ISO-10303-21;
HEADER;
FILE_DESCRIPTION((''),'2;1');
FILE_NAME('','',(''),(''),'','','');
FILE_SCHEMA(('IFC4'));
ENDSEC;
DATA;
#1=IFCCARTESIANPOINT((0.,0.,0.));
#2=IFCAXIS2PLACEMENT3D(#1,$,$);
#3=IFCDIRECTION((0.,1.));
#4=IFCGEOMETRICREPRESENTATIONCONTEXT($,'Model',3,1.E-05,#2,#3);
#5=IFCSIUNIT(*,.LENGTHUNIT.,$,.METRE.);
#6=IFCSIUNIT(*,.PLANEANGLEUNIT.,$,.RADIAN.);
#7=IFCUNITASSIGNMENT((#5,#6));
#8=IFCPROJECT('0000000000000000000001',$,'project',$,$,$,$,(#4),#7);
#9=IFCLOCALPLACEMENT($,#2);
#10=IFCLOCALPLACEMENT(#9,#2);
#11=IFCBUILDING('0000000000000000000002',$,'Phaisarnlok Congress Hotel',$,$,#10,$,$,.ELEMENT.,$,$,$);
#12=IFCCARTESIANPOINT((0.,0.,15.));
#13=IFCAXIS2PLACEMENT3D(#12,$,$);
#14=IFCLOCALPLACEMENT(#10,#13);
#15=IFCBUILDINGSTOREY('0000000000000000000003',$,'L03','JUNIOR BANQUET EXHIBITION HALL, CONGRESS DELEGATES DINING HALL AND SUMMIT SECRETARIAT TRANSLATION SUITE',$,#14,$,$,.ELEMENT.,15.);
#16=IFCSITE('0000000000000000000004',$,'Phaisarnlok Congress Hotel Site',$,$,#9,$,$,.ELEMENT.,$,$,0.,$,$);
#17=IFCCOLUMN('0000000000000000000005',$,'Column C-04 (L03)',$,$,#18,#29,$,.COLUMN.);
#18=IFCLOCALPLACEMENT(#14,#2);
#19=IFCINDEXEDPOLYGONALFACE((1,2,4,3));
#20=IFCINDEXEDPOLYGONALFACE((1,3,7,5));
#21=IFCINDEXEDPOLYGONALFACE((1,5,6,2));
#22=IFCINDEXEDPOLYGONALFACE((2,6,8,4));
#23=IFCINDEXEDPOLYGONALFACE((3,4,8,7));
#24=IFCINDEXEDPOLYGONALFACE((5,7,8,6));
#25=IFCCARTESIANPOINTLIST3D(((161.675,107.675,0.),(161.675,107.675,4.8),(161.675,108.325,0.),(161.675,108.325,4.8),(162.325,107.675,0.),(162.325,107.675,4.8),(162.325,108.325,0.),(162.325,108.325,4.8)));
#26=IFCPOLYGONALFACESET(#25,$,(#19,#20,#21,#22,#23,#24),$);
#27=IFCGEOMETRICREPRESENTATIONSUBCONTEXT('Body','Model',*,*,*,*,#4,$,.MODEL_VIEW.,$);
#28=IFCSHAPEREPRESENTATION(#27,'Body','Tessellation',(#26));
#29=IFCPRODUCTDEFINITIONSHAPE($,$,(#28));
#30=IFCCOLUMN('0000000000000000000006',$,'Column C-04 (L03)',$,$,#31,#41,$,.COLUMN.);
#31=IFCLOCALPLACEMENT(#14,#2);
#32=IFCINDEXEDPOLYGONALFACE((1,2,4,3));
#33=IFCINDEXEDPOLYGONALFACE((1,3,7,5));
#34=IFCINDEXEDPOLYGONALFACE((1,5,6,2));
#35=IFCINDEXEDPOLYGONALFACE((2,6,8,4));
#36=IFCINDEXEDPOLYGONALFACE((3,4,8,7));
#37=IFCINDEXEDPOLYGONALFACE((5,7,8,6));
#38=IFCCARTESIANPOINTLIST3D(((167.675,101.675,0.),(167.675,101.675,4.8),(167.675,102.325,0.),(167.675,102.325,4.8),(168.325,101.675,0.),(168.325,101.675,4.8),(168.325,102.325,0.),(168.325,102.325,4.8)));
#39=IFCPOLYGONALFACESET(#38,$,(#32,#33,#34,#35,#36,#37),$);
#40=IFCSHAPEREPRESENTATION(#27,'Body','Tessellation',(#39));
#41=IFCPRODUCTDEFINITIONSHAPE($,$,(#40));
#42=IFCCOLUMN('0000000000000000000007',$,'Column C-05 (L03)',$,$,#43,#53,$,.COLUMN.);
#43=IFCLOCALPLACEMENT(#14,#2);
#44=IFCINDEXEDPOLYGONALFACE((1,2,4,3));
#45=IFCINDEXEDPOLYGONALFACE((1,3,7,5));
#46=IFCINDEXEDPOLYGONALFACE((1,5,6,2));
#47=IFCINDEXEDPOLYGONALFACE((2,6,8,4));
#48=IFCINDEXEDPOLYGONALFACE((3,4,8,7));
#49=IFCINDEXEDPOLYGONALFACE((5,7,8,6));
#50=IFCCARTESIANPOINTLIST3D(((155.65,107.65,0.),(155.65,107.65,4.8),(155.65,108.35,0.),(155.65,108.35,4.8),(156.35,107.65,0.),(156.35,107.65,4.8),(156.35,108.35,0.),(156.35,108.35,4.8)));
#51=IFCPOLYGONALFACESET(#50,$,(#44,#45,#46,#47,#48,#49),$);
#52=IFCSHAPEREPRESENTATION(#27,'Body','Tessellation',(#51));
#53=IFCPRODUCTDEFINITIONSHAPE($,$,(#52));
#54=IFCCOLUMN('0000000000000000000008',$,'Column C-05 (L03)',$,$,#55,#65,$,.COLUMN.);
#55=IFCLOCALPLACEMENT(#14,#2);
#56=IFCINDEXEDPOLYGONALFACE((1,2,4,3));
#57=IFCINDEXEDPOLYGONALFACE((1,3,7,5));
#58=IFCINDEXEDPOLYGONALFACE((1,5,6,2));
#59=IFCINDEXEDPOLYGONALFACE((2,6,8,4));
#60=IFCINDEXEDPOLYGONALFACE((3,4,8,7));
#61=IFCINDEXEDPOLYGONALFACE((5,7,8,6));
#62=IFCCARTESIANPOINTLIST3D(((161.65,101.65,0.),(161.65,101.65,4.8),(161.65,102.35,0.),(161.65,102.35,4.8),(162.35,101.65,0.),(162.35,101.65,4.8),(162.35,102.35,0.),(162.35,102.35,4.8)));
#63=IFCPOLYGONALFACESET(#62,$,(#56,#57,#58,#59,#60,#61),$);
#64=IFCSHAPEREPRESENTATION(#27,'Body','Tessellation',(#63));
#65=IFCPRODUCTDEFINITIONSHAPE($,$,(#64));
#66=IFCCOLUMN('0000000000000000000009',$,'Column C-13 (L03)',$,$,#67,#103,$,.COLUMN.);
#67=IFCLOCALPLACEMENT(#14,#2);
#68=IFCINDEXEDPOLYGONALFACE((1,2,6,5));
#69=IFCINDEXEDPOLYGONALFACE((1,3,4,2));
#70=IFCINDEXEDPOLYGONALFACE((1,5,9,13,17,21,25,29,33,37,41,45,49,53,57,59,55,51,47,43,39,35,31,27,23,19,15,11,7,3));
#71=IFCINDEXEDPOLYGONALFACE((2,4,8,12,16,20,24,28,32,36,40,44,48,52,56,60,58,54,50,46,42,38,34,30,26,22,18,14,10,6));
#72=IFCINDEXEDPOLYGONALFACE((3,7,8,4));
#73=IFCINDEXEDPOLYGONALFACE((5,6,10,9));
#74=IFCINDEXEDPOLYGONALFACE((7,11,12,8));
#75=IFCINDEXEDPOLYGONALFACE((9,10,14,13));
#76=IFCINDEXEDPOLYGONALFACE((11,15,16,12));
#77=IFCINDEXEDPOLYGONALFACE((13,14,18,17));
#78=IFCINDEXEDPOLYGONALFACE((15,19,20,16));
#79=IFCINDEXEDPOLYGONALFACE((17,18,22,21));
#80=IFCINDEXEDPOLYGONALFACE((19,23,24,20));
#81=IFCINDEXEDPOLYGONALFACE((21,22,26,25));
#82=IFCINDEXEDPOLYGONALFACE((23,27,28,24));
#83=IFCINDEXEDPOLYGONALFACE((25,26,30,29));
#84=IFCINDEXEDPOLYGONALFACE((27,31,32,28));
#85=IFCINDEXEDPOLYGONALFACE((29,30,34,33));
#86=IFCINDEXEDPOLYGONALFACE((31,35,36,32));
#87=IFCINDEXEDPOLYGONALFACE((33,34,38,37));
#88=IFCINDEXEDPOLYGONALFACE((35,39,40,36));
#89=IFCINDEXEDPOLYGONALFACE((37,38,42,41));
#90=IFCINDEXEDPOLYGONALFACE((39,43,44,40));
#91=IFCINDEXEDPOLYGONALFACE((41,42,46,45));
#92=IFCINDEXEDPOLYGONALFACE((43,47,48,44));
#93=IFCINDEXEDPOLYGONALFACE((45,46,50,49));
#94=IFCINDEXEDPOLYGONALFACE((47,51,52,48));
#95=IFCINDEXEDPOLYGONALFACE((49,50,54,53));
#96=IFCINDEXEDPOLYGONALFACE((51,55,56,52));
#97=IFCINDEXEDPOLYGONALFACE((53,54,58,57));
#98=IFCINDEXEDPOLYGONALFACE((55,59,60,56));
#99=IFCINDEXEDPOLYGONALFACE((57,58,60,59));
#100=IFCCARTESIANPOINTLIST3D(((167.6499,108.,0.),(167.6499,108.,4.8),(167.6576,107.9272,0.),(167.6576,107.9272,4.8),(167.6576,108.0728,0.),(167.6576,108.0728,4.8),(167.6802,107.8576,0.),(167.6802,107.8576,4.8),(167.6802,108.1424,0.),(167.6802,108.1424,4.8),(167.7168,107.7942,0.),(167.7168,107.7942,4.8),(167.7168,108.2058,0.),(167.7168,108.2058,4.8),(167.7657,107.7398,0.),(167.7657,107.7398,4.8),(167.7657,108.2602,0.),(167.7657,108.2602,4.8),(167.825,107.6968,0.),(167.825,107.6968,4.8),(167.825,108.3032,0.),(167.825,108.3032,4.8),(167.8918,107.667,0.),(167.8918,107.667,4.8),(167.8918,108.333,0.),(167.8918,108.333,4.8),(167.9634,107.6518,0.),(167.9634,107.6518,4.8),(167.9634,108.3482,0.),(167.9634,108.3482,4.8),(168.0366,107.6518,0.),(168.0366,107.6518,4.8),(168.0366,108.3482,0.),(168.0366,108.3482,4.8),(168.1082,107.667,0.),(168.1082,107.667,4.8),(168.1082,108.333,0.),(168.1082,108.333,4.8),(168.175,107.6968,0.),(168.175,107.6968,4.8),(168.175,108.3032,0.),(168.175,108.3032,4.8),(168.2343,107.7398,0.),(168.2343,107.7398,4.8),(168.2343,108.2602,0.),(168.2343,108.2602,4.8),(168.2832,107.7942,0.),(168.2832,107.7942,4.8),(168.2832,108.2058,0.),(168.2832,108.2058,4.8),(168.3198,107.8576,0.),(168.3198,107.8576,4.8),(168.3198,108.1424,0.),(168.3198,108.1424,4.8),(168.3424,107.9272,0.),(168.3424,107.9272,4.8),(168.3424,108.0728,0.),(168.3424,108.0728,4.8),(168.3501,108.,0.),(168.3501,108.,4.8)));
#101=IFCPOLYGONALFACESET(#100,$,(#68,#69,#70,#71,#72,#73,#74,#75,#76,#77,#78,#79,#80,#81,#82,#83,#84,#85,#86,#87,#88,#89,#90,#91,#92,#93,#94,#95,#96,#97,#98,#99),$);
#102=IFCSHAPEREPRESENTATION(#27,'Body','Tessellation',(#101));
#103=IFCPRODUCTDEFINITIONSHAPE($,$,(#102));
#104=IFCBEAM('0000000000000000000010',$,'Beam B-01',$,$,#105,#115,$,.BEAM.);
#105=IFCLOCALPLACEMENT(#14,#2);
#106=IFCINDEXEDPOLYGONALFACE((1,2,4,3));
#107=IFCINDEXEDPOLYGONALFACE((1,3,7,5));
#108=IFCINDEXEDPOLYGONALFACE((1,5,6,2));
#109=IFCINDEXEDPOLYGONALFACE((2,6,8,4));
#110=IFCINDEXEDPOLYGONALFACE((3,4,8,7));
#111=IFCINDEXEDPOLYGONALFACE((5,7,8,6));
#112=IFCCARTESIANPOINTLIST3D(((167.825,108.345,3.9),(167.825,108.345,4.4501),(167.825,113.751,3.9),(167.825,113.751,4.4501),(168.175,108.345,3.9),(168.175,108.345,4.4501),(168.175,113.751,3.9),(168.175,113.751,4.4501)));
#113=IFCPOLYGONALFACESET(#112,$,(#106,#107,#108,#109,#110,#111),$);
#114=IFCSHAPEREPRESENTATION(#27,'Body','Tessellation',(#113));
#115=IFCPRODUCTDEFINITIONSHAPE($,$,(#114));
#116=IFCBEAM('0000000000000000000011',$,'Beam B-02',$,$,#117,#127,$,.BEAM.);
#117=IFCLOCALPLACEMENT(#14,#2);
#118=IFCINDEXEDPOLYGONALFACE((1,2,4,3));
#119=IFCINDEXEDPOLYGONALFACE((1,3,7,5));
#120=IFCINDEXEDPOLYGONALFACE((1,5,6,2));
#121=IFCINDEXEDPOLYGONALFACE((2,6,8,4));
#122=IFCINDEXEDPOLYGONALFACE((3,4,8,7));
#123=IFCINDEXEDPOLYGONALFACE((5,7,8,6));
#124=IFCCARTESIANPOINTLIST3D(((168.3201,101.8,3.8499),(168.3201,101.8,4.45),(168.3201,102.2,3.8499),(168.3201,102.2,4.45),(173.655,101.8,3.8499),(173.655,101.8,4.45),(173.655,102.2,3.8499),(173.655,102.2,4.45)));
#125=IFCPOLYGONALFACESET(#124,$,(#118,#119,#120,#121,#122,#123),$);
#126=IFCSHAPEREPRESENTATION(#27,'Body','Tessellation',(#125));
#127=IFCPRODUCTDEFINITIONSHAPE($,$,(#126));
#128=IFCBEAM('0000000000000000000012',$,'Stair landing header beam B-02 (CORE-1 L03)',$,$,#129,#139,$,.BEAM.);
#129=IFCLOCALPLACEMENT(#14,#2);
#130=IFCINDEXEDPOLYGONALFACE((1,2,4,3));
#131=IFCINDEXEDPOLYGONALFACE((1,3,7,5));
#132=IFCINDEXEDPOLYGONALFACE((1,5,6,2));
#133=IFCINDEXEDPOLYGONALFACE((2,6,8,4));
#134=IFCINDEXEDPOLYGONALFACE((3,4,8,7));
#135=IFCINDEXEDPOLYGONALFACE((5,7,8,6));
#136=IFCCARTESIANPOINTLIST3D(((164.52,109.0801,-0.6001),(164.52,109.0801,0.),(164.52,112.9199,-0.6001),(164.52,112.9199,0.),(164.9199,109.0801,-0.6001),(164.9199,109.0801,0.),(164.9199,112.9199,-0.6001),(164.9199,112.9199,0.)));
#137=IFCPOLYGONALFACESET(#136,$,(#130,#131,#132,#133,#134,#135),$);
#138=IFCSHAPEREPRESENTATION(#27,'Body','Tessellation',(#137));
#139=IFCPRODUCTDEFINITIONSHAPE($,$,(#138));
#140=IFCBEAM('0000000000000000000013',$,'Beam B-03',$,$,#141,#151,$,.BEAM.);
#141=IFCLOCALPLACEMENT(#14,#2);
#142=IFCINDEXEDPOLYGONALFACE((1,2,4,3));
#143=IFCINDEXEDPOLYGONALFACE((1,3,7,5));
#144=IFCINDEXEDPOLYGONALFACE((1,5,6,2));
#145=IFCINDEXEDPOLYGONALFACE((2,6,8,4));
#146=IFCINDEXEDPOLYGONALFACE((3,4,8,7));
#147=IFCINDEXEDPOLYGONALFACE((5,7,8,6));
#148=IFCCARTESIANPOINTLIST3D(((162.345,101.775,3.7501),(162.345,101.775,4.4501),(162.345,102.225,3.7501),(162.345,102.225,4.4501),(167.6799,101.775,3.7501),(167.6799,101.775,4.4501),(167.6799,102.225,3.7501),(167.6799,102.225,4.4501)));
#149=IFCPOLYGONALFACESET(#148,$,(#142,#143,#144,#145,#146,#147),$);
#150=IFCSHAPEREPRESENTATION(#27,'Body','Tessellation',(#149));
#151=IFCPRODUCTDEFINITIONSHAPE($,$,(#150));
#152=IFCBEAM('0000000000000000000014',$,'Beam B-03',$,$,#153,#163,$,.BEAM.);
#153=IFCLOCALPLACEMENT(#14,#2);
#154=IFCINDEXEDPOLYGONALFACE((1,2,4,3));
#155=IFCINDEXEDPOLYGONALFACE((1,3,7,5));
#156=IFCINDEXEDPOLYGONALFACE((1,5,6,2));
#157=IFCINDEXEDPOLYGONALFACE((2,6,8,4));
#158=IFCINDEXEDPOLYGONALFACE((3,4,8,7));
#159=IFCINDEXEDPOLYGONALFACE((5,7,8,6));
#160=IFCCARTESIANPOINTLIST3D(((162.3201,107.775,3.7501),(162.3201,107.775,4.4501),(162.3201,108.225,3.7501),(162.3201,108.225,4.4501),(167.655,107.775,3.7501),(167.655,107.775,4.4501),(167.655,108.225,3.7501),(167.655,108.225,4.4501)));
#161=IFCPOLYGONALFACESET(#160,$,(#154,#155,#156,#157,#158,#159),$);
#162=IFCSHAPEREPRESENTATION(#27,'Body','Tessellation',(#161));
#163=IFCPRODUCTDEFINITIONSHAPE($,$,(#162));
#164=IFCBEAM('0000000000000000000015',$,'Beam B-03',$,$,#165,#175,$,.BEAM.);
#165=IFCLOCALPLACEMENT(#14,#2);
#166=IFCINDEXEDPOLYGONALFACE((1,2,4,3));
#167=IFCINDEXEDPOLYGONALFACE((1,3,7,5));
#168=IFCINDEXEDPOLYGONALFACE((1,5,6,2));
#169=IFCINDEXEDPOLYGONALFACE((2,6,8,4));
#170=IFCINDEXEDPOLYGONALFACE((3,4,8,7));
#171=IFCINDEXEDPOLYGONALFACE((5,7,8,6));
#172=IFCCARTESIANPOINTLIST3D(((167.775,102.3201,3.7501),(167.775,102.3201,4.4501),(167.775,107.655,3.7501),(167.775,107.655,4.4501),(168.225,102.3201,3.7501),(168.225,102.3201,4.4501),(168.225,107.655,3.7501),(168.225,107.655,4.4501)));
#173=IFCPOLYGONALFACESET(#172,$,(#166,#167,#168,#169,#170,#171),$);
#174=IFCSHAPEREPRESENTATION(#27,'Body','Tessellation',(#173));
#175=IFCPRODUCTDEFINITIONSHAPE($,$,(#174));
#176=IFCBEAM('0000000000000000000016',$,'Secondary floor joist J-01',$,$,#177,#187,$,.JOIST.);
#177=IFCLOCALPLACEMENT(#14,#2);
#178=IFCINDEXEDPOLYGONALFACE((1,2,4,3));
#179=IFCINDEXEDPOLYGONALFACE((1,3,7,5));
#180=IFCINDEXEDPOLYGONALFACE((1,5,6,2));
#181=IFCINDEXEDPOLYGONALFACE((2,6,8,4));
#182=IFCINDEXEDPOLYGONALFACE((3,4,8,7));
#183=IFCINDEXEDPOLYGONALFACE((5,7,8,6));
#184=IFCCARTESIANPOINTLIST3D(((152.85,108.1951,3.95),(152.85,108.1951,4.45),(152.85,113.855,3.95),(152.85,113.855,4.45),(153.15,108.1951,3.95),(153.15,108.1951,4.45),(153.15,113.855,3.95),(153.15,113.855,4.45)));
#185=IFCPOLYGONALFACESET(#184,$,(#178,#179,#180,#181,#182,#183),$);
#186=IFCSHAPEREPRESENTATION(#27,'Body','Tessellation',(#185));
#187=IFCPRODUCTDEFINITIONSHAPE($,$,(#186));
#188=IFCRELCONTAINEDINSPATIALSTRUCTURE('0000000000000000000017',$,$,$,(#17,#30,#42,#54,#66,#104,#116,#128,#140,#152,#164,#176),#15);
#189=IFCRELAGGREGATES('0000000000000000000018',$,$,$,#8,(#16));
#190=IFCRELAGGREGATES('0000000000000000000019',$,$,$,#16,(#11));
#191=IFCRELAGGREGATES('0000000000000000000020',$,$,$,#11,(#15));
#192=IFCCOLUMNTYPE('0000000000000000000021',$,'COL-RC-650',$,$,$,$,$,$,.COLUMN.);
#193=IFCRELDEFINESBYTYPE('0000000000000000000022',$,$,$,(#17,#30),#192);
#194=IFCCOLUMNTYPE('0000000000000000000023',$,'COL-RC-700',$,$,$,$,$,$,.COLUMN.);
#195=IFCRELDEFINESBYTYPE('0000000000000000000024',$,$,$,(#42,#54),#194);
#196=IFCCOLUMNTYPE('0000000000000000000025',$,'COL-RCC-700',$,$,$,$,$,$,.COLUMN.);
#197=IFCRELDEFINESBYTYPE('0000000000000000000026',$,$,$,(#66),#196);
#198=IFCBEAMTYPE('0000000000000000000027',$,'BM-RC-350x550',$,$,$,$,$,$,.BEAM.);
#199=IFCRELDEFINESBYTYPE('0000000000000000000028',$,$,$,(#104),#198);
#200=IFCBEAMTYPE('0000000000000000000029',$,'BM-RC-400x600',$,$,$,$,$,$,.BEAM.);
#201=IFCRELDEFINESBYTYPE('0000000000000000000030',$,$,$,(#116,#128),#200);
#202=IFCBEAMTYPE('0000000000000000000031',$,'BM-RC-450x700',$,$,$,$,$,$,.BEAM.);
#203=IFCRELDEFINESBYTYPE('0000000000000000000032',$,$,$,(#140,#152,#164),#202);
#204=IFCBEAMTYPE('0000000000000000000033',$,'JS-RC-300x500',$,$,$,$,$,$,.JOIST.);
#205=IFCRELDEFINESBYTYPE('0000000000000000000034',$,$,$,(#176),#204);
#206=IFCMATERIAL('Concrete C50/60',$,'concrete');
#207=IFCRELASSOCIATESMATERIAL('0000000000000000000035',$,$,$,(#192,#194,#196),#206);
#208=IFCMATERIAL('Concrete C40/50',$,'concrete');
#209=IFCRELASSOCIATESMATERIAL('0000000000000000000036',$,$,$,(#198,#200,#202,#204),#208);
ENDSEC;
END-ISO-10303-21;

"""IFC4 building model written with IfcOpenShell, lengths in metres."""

from ifc_helpers import new_model, si_unit, direction, frame, origin, origin_2d, place, context, subcontext, project, spatial, rectangle, circle, extrude, material, material_profile, profile_set, type_object, element, save


model = new_model("IFC4")

# Units and contexts
model_context = context("Model", 3, precision=1e-05, world=origin(), true_north=direction((0.0, 1.0)))
body_context = subcontext(model_context, "Body", "Model", "MODEL_VIEW")
ifc_project = project(units=[si_unit("LENGTHUNIT", "METRE"), si_unit("PLANEANGLEUNIT", "RADIAN")], contexts=[model_context])

# Site, building, storey
site_placement = place(None, origin())
site = spatial("IfcSite", under=ifc_project, at=site_placement, Name="Phaisarnlok Congress Hotel Site", CompositionType="ELEMENT", RefElevation=0.0)
building_placement = place(site_placement, origin())
building = spatial("IfcBuilding", under=site, at=building_placement, Name="Phaisarnlok Congress Hotel", CompositionType="ELEMENT")
storey_placement = place(building_placement, frame((0.0, 0.0, 15.0)))
storey = spatial("IfcBuildingStorey", under=building, at=storey_placement, Name="L03", Description="JUNIOR BANQUET EXHIBITION HALL, CONGRESS DELEGATES DINING HALL AND SUMMIT SECRETARIAT TRANSLATION SUITE", CompositionType="ELEMENT", Elevation=15.0)

# Columns
ifc_material_1 = material(Name="Concrete C50/60", Category="concrete")
ifc_material_profile_1 = material_profile(ifc_material_1, rectangle(XDim=0.6499, YDim=0.6499, at=origin_2d()), Name="RC 650x650")
ifc_profile_set_1 = profile_set([ifc_material_profile_1], Name="Concrete C50/60")
column_type_1 = type_object("IfcColumnType", Name="COL-RC-650", PredefinedType="COLUMN", material=ifc_profile_set_1)
for number, where, z_axis, x_axis, name in (
    (1, (162.0, 108.0, 0.0), (0.0, 0.0, 1.0), (1.0, 0.0, 0.0), "Column C-04 (L03)"),
    (2, (168.0, 102.0, 0.0), (0.0, 0.0, 1.0), (1.0, 0.0, 0.0), "Column C-04 (L03)"),
):
    element("IfcColumn", number, at=place(storey_placement, frame(where, z_axis=z_axis, x_axis=x_axis)), inside=storey, type_object=column_type_1, Name=name, PredefinedType="COLUMN", context=body_context, shape_type="SweptSolid", body=[
        extrude(rectangle(XDim=0.6499, YDim=0.6499, at=origin_2d()), origin(), (0.0, 0.0, 1.0), 4.8),
    ])
ifc_material_profile_2 = material_profile(ifc_material_1, rectangle(XDim=0.7, YDim=0.7, at=origin_2d()), Name="RC 700x700")
ifc_profile_set_2 = profile_set([ifc_material_profile_2], Name="Concrete C50/60")
column_type_2 = type_object("IfcColumnType", Name="COL-RC-700", PredefinedType="COLUMN", material=ifc_profile_set_2)
for number, where, z_axis, x_axis, name in (
    (3, (156.0, 108.0, 0.0), (0.0, 0.0, 1.0), (1.0, 0.0, 0.0), "Column C-05 (L03)"),
    (4, (162.0, 102.0, 0.0), (0.0, 0.0, 1.0), (1.0, 0.0, 0.0), "Column C-05 (L03)"),
):
    element("IfcColumn", number, at=place(storey_placement, frame(where, z_axis=z_axis, x_axis=x_axis)), inside=storey, type_object=column_type_2, Name=name, PredefinedType="COLUMN", context=body_context, shape_type="SweptSolid", body=[
        extrude(rectangle(XDim=0.7, YDim=0.7, at=origin_2d()), origin(), (0.0, 0.0, 1.0), 4.8),
    ])
ifc_material_profile_3 = material_profile(ifc_material_1, circle(Radius=0.3501, at=origin_2d()), Name="RCC D700")
ifc_profile_set_3 = profile_set([ifc_material_profile_3], Name="Concrete C50/60")
column_type_3 = type_object("IfcColumnType", Name="COL-RCC-700", PredefinedType="COLUMN", material=ifc_profile_set_3)
column_placement = place(storey_placement, frame((168.0, 108.0, 0.0), z_axis=(0.0, 0.0, 1.0), x_axis=(1.0, 0.0, 0.0)))
element("IfcColumn", 5, at=column_placement, inside=storey, type_object=column_type_3, Name="Column C-13 (L03)", PredefinedType="COLUMN", context=body_context, shape_type="SweptSolid", body=[
    extrude(circle(Radius=0.3501, at=origin_2d()), origin(), (0.0, 0.0, 1.0), 4.8),
])

# Beams
ifc_material_2 = material(Name="Concrete C40/50", Category="concrete")
ifc_material_profile_4 = material_profile(ifc_material_2, rectangle(XDim=0.3501, YDim=0.55, at=origin_2d()), Name="RC 350x550")
ifc_profile_set_4 = profile_set([ifc_material_profile_4], Name="Concrete C40/50")
beam_type_1 = type_object("IfcBeamType", Name="BM-RC-350x550", PredefinedType="BEAM", material=ifc_profile_set_4)
beam_1_placement = place(storey_placement, frame((168.0, 108.345, 4.175), z_axis=(0.0, 1.0, 0.0), x_axis=(-1.0, 0.0, 0.0)))
element("IfcBeam", 6, at=beam_1_placement, inside=storey, type_object=beam_type_1, Name="Beam B-01", PredefinedType="BEAM", context=body_context, shape_type="SweptSolid", body=[
    extrude(rectangle(XDim=0.3501, YDim=0.55, at=origin_2d()), origin(), (0.0, 0.0, 1.0), 5.406),
])
ifc_material_profile_5 = material_profile(ifc_material_2, rectangle(XDim=0.3999, YDim=0.6001, at=origin_2d()), Name="RC 400x600")
ifc_profile_set_5 = profile_set([ifc_material_profile_5], Name="Concrete C40/50")
beam_type_2 = type_object("IfcBeamType", Name="BM-RC-400x600", PredefinedType="BEAM", material=ifc_profile_set_5)
beam_2_placement = place(storey_placement, frame((168.3201, 102.0, 4.1499), z_axis=(1.0, 0.0, 0.0), x_axis=(0.0, 1.0, 0.0)))
element("IfcBeam", 7, at=beam_2_placement, inside=storey, type_object=beam_type_2, Name="Beam B-02", PredefinedType="BEAM", context=body_context, shape_type="SweptSolid", body=[
    extrude(rectangle(XDim=0.3999, YDim=0.6001, at=origin_2d()), origin(), (0.0, 0.0, 1.0), 5.335),
])
beam_3_placement = place(storey_placement, frame((164.72, 109.0801, -0.3), z_axis=(0.0, 1.0, 0.0), x_axis=(-1.0, 0.0, 0.0)))
element("IfcBeam", 8, at=beam_3_placement, inside=storey, type_object=beam_type_2, Name="Stair landing header beam B-02 (CORE-1 L03)", PredefinedType="BEAM", context=body_context, shape_type="SweptSolid", body=[
    extrude(rectangle(XDim=0.3999, YDim=0.6001, at=origin_2d()), origin(), (0.0, 0.0, 1.0), 3.8398),
])
ifc_material_profile_6 = material_profile(ifc_material_2, rectangle(XDim=0.45, YDim=0.7, at=origin_2d()), Name="RC 450x700")
ifc_profile_set_6 = profile_set([ifc_material_profile_6], Name="Concrete C40/50")
beam_type_3 = type_object("IfcBeamType", Name="BM-RC-450x700", PredefinedType="BEAM", material=ifc_profile_set_6)
for number, where, z_axis, x_axis, name in (
    (9, (162.345, 102.0, 4.1001), (1.0, 0.0, 0.0), (0.0, 1.0, 0.0), "Beam B-03"),
    (10, (162.3201, 108.0, 4.1001), (1.0, 0.0, 0.0), (0.0, 1.0, 0.0), "Beam B-03"),
    (11, (168.0, 102.3201, 4.1001), (0.0, 1.0, 0.0), (-1.0, 0.0, 0.0), "Beam B-03"),
):
    element("IfcBeam", number, at=place(storey_placement, frame(where, z_axis=z_axis, x_axis=x_axis)), inside=storey, type_object=beam_type_3, Name=name, PredefinedType="BEAM", context=body_context, shape_type="SweptSolid", body=[
        extrude(rectangle(XDim=0.45, YDim=0.7, at=origin_2d()), origin(), (0.0, 0.0, 1.0), 5.335),
    ])
ifc_material_profile_7 = material_profile(ifc_material_2, rectangle(XDim=0.3, YDim=0.5, at=origin_2d()), Name="RC 300x500")
ifc_profile_set_7 = profile_set([ifc_material_profile_7], Name="Concrete C40/50")
beam_type_4 = type_object("IfcBeamType", Name="JS-RC-300x500", PredefinedType="JOIST", material=ifc_profile_set_7)
beam_4_placement = place(storey_placement, frame((153.0, 108.1951, 4.2), z_axis=(0.0, 1.0, 0.0), x_axis=(-1.0, 0.0, 0.0)))
element("IfcBeam", 12, at=beam_4_placement, inside=storey, type_object=beam_type_4, Name="Secondary floor joist J-01", PredefinedType="JOIST", context=body_context, shape_type="SweptSolid", body=[
    extrude(rectangle(XDim=0.3, YDim=0.5, at=origin_2d()), origin(), (0.0, 0.0, 1.0), 5.6599),
])

save(model, "model.ifc")
